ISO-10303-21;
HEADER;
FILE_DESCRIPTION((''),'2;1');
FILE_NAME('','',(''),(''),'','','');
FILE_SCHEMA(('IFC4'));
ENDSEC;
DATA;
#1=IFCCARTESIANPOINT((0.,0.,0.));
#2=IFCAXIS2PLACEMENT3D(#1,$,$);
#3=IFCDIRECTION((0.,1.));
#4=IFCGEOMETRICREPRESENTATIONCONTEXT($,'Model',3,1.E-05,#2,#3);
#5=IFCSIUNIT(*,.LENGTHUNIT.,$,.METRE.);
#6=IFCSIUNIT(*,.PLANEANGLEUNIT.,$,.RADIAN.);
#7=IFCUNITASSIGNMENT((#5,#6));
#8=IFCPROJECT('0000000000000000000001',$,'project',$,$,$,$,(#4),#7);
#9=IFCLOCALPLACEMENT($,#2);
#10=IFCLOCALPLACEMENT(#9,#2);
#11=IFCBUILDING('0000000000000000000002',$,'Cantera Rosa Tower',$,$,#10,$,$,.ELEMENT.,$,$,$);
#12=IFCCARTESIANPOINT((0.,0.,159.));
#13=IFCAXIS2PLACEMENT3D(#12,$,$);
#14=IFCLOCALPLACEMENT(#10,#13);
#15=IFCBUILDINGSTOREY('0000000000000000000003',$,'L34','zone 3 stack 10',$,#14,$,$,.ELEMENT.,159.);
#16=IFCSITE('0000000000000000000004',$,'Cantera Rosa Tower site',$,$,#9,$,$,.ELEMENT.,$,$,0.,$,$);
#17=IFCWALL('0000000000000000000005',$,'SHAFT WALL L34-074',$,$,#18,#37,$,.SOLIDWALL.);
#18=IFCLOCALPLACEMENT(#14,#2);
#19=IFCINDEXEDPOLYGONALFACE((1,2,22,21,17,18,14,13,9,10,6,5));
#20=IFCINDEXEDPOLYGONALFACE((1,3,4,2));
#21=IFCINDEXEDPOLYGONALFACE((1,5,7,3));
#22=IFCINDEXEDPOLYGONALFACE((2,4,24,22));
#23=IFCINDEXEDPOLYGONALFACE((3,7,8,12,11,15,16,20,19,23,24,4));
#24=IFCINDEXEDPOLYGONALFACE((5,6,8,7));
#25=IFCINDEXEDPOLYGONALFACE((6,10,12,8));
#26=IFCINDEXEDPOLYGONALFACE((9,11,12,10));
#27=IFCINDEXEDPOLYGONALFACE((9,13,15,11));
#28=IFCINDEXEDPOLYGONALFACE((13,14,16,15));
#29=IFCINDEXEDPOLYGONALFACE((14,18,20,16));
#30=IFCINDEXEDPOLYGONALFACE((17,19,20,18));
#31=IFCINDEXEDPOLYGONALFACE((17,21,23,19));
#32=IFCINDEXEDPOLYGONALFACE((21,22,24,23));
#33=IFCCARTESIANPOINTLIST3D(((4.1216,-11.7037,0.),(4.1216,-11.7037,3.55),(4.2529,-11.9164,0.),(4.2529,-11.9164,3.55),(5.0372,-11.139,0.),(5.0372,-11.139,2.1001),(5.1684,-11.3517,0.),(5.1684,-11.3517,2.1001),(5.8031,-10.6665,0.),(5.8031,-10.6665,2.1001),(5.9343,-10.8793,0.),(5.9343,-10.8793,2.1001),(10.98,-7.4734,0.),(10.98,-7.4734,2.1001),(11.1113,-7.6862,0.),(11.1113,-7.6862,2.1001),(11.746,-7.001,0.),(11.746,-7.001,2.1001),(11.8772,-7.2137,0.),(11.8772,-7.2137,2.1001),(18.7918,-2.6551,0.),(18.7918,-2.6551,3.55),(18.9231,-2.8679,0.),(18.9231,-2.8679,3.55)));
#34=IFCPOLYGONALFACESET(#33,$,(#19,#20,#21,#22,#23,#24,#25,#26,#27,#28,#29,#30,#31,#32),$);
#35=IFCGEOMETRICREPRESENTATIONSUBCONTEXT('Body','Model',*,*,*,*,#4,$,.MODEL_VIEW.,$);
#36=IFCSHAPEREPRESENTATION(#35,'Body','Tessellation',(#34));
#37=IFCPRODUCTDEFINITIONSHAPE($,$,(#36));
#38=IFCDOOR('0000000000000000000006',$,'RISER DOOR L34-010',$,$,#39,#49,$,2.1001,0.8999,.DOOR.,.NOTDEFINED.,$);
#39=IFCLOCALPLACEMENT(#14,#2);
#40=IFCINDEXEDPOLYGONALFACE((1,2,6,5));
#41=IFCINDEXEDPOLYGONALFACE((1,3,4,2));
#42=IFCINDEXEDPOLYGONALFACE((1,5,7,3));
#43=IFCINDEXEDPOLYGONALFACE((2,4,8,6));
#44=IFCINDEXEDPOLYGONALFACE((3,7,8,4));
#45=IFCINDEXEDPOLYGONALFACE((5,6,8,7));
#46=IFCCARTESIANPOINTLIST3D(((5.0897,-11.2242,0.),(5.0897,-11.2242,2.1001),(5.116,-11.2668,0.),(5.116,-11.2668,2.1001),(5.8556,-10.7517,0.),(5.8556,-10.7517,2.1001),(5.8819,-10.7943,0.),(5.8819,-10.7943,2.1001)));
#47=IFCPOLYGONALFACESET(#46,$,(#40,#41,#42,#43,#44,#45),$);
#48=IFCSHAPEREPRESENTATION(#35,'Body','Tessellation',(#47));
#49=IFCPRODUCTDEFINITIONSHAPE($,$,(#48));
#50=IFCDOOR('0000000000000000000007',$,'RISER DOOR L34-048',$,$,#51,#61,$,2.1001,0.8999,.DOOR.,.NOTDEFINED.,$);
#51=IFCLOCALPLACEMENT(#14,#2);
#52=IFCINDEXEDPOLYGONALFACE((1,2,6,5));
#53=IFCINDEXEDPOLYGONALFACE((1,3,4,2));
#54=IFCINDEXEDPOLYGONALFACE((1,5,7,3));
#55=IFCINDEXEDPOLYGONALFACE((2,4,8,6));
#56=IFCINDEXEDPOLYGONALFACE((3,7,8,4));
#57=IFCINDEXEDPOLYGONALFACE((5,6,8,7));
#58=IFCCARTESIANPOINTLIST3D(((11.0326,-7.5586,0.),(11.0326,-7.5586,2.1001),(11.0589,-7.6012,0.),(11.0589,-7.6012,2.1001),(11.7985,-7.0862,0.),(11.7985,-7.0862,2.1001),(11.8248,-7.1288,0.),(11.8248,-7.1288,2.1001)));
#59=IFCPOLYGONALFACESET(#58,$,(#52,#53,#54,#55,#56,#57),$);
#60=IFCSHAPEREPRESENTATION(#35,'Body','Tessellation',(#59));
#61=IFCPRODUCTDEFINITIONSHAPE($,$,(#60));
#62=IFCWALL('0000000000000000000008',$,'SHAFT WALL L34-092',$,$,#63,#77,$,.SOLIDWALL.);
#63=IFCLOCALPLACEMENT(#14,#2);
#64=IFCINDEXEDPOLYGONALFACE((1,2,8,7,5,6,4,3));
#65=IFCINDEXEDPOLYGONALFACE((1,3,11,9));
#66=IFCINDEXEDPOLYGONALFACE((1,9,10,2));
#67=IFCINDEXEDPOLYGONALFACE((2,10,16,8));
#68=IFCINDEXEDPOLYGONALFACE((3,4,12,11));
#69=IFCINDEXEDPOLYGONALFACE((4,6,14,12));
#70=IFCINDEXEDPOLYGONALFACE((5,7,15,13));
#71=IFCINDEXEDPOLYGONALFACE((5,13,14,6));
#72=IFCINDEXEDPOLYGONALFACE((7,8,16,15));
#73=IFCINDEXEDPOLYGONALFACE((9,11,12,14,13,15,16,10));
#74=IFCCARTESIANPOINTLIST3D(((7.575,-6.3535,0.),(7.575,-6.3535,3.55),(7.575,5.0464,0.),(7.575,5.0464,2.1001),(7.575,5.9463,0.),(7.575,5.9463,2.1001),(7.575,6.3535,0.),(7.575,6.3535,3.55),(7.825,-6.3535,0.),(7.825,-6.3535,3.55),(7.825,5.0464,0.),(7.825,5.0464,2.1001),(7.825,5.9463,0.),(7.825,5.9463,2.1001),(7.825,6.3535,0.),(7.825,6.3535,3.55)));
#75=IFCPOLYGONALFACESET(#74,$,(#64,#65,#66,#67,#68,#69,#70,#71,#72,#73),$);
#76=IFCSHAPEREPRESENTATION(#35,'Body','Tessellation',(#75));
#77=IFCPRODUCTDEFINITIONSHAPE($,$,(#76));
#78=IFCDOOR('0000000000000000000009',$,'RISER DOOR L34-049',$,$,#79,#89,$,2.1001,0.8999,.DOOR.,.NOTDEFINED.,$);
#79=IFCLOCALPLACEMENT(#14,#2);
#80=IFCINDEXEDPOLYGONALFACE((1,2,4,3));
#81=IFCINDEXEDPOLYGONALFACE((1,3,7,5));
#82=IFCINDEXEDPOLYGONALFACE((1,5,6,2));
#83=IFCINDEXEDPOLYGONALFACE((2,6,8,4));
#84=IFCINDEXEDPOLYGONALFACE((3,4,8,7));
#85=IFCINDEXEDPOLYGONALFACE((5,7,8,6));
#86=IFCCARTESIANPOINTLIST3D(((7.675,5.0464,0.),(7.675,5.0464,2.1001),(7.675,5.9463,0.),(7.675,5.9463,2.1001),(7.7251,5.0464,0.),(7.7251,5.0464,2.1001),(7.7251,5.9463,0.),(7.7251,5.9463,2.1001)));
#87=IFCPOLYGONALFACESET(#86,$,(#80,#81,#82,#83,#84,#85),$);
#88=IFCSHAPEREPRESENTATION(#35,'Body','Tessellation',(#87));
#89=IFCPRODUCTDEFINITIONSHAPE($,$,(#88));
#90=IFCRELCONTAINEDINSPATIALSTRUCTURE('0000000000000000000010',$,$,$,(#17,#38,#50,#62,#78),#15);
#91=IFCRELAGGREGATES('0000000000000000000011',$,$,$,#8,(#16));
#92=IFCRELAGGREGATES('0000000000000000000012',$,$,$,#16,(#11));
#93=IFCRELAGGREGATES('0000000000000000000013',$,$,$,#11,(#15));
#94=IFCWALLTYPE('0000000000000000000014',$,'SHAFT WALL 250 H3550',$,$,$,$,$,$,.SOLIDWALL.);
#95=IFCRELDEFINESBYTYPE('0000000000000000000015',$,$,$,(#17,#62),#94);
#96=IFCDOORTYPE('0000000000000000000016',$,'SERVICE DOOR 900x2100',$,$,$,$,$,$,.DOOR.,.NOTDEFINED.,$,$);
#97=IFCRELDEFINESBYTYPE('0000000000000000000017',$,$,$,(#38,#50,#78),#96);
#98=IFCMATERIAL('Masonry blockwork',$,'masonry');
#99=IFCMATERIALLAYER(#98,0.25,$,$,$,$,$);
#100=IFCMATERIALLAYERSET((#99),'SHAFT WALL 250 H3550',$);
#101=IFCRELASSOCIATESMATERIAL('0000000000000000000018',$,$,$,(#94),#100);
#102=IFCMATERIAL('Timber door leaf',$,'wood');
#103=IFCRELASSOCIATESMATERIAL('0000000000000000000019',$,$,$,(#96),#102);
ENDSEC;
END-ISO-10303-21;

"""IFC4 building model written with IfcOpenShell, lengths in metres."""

from ifc_helpers import new_model, si_unit, direction, frame, frame_2d, origin, place, context, subcontext, project, spatial, rectangle, extrude, material, layer, layer_set, type_object, element, fill, save


model = new_model("IFC4")

# Units and contexts
model_context = context("Model", 3, precision=1e-05, world=origin(), true_north=direction((0.0, 1.0)))
body_context = subcontext(model_context, "Body", "Model", "MODEL_VIEW")
ifc_project = project(units=[si_unit("LENGTHUNIT", "METRE"), si_unit("PLANEANGLEUNIT", "RADIAN")], contexts=[model_context])

# Site, building, storey
site_placement = place(None, origin())
site = spatial("IfcSite", under=ifc_project, at=site_placement, Name="Cantera Rosa Tower site", CompositionType="ELEMENT", RefElevation=0.0)
building_placement = place(site_placement, origin())
building = spatial("IfcBuilding", under=site, at=building_placement, Name="Cantera Rosa Tower", CompositionType="ELEMENT")
storey_placement = place(building_placement, frame((0.0, 0.0, 159.0)))
storey = spatial("IfcBuildingStorey", under=building, at=storey_placement, Name="L34", Description="zone 3 stack 10", CompositionType="ELEMENT", Elevation=159.0)

# Shared definitions
ifc_material_1 = material(Name="Masonry blockwork", Category="masonry")
ifc_layer_1 = layer(ifc_material_1, 0.25)
ifc_layer_set_1 = layer_set([ifc_layer_1], Name="SHAFT WALL 250 H3550")
wall_type_1 = type_object("IfcWallType", Name="SHAFT WALL 250 H3550", PredefinedType="SOLIDWALL", material=ifc_layer_set_1)

# Wall, openings, doors
wall_1_placement = place(storey_placement, frame((4.1873, -11.8101, 0.0), z_axis=(0.0, 0.0, 1.0), x_axis=(0.85112, 0.524972, 0.0)))
wall_1 = element("IfcWall", 1, at=wall_1_placement, inside=storey, type_object=wall_type_1, Name="SHAFT WALL L34-074", PredefinedType="SOLIDWALL", context=body_context, shape_type="SweptSolid", body=[
    extrude(rectangle(XDim=17.2363, YDim=0.25, at=frame_2d((8.6182, 0.0))), origin(), (0.0, 0.0, 1.0), 3.55),
])
opening_1_placement = place(wall_1_placement, frame((1.0757, 0.0, 0.0)))
opening_1 = element("IfcOpeningElement", 2, at=opening_1_placement, cuts=wall_1, PredefinedType="OPENING", context=body_context, shape_type="SweptSolid", body=[
    extrude(rectangle(XDim=0.8999, YDim=2.1001, at=frame_2d((0.45, 1.05))), frame((0.0, 0.135, 0.0), z_axis=(0.0, -1.0, 0.0), x_axis=(1.0, 0.0, 0.0)), (0.0, 0.0, 1.0), 0.27),
])
opening_2_placement = place(wall_1_placement, frame((8.0581, 0.0, 0.0)))
opening_2 = element("IfcOpeningElement", 3, at=opening_2_placement, cuts=wall_1, PredefinedType="OPENING", context=body_context, shape_type="SweptSolid", body=[
    extrude(rectangle(XDim=0.8999, YDim=2.1001, at=frame_2d((0.45, 1.05))), frame((0.0, 0.135, 0.0), z_axis=(0.0, -1.0, 0.0), x_axis=(1.0, 0.0, 0.0)), (0.0, 0.0, 1.0), 0.27),
])
ifc_material_2 = material(Name="Timber door leaf", Category="wood")
door_type_1 = type_object("IfcDoorType", Name="SERVICE DOOR 900x2100", OperationType="NOTDEFINED", PredefinedType="DOOR", material=ifc_material_2)
door_1_placement = place(opening_1_placement, origin())
door_1 = element("IfcDoor", 4, at=door_1_placement, inside=storey, type_object=door_type_1, Name="RISER DOOR L34-010", OperationType="NOTDEFINED", OverallHeight=2.1001, OverallWidth=0.8999, PredefinedType="DOOR", context=body_context, shape_type="SweptSolid", body=[
    extrude(rectangle(XDim=0.8999, YDim=2.1001, at=frame_2d((0.45, 1.05))), frame((0.0, 0.0249, 0.0), z_axis=(0.0, -1.0, 0.0), x_axis=(1.0, 0.0, 0.0)), (0.0, 0.0, 1.0), 0.05),
])
fill(opening_1, door_1)
door_2_placement = place(opening_2_placement, origin())
door_2 = element("IfcDoor", 5, at=door_2_placement, inside=storey, type_object=door_type_1, Name="RISER DOOR L34-048", OperationType="NOTDEFINED", OverallHeight=2.1001, OverallWidth=0.8999, PredefinedType="DOOR", context=body_context, shape_type="SweptSolid", body=[
    extrude(rectangle(XDim=0.8999, YDim=2.1001, at=frame_2d((0.45, 1.05))), frame((0.0, 0.0249, 0.0), z_axis=(0.0, -1.0, 0.0), x_axis=(1.0, 0.0, 0.0)), (0.0, 0.0, 1.0), 0.05),
])
fill(opening_2, door_2)

# Wall, opening, door
wall_2_placement = place(storey_placement, frame((7.7, -6.3535, 0.0), z_axis=(0.0, 0.0, 1.0), x_axis=(0.0, 1.0, 0.0)))
wall_2 = element("IfcWall", 6, at=wall_2_placement, inside=storey, type_object=wall_type_1, Name="SHAFT WALL L34-092", PredefinedType="SOLIDWALL", context=body_context, shape_type="SweptSolid", body=[
    extrude(rectangle(XDim=12.707, YDim=0.25, at=frame_2d((6.3535, 0.0))), origin(), (0.0, 0.0, 1.0), 3.55),
])
opening_3_placement = place(wall_2_placement, frame((11.3999, 0.0, 0.0)))
opening_3 = element("IfcOpeningElement", 7, at=opening_3_placement, cuts=wall_2, PredefinedType="OPENING", context=body_context, shape_type="SweptSolid", body=[
    extrude(rectangle(XDim=0.8999, YDim=2.1001, at=frame_2d((0.45, 1.05))), frame((0.0, 0.135, 0.0), z_axis=(0.0, -1.0, 0.0), x_axis=(1.0, 0.0, 0.0)), (0.0, 0.0, 1.0), 0.27),
])
door_3_placement = place(opening_3_placement, origin())
door_3 = element("IfcDoor", 8, at=door_3_placement, inside=storey, type_object=door_type_1, Name="RISER DOOR L34-049", OperationType="NOTDEFINED", OverallHeight=2.1001, OverallWidth=0.8999, PredefinedType="DOOR", context=body_context, shape_type="SweptSolid", body=[
    extrude(rectangle(XDim=0.8999, YDim=2.1001, at=frame_2d((0.45, 1.05))), frame((0.0, 0.0249, 0.0), z_axis=(0.0, -1.0, 0.0), x_axis=(1.0, 0.0, 0.0)), (0.0, 0.0, 1.0), 0.05),
])
fill(opening_3, door_3)

save(model, "model.ifc")
